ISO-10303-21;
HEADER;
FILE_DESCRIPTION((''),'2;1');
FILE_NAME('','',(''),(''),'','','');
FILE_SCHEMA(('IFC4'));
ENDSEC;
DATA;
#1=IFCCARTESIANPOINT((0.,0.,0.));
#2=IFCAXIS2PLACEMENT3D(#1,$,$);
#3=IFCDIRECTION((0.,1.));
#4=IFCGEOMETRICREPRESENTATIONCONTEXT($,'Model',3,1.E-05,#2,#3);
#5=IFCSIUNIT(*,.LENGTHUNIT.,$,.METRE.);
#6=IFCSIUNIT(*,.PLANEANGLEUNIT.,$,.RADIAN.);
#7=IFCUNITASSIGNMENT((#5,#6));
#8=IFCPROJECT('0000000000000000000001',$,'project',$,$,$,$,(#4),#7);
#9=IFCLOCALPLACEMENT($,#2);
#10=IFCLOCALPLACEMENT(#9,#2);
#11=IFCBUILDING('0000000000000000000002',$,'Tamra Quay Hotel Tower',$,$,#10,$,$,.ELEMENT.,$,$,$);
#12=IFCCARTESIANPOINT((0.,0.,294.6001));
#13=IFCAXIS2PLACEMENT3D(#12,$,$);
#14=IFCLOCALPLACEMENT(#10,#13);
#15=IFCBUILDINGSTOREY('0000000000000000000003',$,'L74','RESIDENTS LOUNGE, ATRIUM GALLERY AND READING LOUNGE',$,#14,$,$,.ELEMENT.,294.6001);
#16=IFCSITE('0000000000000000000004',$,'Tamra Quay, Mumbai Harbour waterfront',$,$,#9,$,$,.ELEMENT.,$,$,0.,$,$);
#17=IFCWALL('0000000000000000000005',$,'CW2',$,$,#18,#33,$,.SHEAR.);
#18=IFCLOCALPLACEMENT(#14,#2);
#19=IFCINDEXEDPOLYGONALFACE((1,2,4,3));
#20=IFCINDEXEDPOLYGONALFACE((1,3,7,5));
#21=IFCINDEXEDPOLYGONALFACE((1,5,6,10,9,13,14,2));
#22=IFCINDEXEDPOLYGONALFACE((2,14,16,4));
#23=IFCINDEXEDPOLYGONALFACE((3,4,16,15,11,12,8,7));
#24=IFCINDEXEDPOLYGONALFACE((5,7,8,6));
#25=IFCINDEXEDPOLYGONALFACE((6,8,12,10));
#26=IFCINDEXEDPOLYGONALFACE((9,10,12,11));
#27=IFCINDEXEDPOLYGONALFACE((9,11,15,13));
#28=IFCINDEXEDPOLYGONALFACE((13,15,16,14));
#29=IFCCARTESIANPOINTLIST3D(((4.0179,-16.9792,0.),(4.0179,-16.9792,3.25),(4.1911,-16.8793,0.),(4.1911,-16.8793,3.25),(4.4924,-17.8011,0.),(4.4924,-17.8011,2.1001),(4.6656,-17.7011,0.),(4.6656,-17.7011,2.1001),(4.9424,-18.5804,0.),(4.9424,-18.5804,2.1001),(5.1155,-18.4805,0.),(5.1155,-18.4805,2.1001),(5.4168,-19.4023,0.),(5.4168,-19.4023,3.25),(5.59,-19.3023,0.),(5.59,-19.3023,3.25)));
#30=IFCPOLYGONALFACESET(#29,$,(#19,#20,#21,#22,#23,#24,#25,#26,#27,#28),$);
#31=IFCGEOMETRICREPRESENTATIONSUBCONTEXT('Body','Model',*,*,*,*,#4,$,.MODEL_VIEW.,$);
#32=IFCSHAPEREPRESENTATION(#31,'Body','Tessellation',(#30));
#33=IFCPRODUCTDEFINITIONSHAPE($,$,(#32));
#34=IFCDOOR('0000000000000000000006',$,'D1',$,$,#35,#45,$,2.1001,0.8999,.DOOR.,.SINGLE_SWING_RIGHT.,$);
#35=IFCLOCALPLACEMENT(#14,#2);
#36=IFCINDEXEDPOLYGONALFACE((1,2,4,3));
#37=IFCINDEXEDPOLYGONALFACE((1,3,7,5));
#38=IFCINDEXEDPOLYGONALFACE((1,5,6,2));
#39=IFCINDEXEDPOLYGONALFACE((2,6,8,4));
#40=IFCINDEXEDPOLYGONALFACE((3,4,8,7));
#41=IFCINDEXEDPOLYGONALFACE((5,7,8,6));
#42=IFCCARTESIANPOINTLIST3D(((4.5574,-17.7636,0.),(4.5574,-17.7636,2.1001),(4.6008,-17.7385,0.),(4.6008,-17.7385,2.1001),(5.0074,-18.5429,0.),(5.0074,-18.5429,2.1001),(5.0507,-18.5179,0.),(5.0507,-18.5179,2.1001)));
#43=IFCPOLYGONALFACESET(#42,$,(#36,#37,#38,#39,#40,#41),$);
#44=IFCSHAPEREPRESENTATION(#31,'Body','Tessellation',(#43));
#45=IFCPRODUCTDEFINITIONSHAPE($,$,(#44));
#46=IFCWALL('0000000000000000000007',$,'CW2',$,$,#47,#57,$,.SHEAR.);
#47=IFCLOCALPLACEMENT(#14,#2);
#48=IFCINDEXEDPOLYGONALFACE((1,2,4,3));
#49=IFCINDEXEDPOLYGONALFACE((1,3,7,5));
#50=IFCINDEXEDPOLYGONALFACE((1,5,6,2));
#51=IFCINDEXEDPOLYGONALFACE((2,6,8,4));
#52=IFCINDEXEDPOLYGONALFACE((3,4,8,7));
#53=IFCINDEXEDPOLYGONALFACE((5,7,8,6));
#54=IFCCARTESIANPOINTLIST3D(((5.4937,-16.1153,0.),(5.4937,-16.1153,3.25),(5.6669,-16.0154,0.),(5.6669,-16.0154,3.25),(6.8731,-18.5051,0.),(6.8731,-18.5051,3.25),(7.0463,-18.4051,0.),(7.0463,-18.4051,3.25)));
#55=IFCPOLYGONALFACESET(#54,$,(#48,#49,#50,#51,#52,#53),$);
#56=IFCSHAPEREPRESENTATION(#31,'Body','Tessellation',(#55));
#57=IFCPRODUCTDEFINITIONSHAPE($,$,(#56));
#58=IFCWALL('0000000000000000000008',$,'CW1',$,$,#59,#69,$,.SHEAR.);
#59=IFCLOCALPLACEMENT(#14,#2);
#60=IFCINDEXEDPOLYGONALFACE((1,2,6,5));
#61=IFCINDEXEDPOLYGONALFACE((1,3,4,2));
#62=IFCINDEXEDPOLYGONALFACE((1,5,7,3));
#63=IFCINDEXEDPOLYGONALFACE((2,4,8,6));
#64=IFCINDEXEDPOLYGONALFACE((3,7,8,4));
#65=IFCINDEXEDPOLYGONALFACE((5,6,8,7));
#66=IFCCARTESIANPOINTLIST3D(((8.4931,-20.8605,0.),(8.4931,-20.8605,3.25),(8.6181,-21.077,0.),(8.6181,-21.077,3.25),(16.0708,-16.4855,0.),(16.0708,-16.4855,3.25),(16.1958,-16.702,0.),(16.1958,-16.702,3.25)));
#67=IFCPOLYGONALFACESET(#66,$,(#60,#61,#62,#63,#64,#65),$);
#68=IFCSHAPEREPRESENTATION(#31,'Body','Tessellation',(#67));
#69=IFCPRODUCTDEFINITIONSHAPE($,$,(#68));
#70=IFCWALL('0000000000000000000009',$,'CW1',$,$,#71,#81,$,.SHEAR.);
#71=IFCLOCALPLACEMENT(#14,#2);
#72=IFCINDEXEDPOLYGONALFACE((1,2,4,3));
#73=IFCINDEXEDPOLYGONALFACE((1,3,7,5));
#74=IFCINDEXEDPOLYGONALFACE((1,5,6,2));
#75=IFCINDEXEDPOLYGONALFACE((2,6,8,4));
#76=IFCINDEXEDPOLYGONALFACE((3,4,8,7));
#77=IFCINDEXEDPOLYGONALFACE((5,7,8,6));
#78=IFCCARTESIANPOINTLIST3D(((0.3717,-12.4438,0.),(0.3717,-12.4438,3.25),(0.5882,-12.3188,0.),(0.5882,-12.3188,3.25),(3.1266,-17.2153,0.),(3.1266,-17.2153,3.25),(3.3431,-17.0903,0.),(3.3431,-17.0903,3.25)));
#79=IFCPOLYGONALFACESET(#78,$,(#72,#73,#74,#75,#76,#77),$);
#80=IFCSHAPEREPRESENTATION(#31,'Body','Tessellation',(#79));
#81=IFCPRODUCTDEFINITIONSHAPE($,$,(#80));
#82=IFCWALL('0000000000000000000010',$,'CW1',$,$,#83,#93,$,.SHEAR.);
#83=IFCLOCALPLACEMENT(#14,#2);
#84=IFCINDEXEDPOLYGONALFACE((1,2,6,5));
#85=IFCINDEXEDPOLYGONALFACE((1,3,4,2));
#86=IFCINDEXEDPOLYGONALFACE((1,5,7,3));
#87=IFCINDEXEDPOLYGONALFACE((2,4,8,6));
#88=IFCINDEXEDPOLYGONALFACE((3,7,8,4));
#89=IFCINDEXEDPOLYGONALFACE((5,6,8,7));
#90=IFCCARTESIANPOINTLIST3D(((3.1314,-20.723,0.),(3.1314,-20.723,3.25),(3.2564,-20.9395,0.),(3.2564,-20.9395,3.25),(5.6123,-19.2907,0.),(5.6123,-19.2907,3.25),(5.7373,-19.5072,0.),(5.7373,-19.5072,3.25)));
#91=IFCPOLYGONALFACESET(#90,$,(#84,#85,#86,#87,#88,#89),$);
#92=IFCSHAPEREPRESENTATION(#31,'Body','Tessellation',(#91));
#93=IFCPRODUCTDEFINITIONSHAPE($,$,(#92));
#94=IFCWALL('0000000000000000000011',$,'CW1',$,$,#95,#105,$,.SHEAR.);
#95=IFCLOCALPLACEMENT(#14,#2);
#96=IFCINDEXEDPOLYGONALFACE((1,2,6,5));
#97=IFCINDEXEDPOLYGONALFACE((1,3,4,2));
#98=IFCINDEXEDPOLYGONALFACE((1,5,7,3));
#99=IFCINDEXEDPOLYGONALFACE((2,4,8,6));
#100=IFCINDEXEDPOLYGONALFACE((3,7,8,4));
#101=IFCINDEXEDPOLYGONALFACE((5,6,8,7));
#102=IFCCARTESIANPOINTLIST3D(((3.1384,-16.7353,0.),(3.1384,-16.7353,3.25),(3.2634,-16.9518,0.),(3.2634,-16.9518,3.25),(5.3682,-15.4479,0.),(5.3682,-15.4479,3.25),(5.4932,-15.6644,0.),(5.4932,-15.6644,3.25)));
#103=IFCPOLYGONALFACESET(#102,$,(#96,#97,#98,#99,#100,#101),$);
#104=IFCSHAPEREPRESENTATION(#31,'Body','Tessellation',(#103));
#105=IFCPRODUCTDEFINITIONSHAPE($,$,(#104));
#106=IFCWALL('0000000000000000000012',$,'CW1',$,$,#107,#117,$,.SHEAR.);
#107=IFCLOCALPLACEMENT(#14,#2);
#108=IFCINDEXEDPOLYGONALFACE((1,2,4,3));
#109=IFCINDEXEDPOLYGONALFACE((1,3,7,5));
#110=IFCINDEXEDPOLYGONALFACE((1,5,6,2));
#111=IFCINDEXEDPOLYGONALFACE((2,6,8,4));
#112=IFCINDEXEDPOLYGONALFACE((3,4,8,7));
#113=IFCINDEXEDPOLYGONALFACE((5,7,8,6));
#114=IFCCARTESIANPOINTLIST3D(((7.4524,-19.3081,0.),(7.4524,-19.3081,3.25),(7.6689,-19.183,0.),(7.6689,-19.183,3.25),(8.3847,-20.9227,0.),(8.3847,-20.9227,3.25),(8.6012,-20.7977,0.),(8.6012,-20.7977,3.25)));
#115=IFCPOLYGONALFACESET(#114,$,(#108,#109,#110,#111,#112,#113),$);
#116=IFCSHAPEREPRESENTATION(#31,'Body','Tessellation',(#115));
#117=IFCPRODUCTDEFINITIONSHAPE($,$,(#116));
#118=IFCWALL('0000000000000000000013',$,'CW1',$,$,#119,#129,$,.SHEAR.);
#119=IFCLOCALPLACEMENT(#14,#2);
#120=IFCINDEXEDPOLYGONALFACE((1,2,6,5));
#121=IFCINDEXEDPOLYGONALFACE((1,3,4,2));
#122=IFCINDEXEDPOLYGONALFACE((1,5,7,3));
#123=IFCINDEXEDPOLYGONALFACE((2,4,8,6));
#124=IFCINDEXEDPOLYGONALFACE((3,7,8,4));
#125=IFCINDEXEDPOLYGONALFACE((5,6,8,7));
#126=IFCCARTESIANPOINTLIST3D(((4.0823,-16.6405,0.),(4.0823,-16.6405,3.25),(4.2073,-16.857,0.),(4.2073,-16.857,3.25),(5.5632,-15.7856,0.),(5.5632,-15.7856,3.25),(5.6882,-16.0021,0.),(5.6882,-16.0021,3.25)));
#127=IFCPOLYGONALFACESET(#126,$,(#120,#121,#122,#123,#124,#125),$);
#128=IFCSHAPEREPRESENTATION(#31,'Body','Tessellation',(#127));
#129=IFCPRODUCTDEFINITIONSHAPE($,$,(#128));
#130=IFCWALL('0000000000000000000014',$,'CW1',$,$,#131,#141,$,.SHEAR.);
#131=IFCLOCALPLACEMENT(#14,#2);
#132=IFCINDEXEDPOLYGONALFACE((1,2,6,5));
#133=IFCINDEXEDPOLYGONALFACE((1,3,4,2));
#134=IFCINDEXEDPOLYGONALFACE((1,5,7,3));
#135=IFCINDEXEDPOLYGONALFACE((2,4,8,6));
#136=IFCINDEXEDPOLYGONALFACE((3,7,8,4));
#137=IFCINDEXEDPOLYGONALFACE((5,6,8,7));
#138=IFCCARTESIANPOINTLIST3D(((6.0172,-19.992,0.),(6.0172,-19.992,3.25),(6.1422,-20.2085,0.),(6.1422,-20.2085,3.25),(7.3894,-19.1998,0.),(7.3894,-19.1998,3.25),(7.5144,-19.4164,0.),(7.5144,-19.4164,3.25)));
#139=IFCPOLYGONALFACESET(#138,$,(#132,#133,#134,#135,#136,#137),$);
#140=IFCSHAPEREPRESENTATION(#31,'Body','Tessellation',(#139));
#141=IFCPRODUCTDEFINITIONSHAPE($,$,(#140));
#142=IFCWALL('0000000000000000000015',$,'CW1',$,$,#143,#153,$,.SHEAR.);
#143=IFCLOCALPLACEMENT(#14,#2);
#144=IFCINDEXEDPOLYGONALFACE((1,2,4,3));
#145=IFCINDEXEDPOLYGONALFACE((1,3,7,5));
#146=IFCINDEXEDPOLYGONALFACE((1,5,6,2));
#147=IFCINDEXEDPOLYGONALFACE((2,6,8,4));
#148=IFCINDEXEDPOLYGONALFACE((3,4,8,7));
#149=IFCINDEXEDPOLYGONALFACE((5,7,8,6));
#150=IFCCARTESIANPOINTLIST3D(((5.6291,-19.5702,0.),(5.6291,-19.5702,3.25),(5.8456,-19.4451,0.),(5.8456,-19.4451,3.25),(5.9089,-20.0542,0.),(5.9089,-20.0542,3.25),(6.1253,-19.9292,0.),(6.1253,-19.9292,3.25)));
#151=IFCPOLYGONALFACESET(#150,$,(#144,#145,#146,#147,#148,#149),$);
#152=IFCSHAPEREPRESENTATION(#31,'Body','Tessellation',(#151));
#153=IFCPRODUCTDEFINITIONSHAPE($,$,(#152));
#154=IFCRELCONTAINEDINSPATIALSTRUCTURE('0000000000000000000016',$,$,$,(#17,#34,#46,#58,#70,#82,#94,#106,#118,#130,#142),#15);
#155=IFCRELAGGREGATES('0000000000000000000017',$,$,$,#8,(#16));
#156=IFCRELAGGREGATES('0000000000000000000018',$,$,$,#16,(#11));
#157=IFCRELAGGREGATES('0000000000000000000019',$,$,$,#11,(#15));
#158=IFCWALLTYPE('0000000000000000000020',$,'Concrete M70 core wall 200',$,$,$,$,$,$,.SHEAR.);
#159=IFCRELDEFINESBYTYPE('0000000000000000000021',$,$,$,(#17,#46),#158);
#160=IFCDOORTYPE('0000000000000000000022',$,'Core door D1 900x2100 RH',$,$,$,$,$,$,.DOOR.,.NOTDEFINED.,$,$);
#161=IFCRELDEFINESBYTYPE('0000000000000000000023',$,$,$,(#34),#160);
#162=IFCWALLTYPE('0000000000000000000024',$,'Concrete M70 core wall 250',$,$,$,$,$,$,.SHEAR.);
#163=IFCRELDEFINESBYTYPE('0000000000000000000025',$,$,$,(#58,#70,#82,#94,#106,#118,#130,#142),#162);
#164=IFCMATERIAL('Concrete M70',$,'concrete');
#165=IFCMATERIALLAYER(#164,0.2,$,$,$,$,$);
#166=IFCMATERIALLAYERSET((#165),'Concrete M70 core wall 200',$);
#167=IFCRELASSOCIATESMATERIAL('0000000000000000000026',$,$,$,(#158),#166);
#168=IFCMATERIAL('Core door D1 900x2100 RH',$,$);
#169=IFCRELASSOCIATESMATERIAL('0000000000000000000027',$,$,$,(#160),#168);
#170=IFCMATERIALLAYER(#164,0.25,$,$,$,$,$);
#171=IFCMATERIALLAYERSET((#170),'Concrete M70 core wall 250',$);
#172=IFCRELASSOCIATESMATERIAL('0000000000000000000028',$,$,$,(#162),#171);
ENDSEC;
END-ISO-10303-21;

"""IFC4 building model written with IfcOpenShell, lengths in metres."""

from ifc_helpers import new_model, si_unit, direction, frame, frame_2d, origin, place, context, subcontext, project, spatial, rectangle, extrude, material, layer, layer_set, type_object, element, fill, save


model = new_model("IFC4")

# Units and contexts
model_context = context("Model", 3, precision=1e-05, world=origin(), true_north=direction((0.0, 1.0)))
body_context = subcontext(model_context, "Body", "Model", "MODEL_VIEW")
ifc_project = project(units=[si_unit("LENGTHUNIT", "METRE"), si_unit("PLANEANGLEUNIT", "RADIAN")], contexts=[model_context])

# Site, building, storey
site_placement = place(None, origin())
site = spatial("IfcSite", under=ifc_project, at=site_placement, Name="Tamra Quay, Mumbai Harbour waterfront", CompositionType="ELEMENT", RefElevation=0.0)
building_placement = place(site_placement, origin())
building = spatial("IfcBuilding", under=site, at=building_placement, Name="Tamra Quay Hotel Tower", CompositionType="ELEMENT")
storey_placement = place(building_placement, frame((0.0, 0.0, 294.6001)))
storey = spatial("IfcBuildingStorey", under=building, at=storey_placement, Name="L74", Description="RESIDENTS LOUNGE, ATRIUM GALLERY AND READING LOUNGE", CompositionType="ELEMENT", Elevation=294.6001)

# Shared definitions
ifc_material_1 = material(Name="Concrete M70", Category="concrete")

# Shared definitions
ifc_layer_1 = layer(ifc_material_1, 0.2)
ifc_layer_set_1 = layer_set([ifc_layer_1], Name="Concrete M70 core wall 200")
wall_type_1 = type_object("IfcWallType", Name="Concrete M70 core wall 200", PredefinedType="SHEAR", material=ifc_layer_set_1)

# Wall, opening, door
wall_1_placement = place(storey_placement, frame((5.5034, -19.3523, 0.0), z_axis=(0.0, 0.0, 1.0), x_axis=(-0.499987, 0.866033, 0.0)))
wall_1 = element("IfcWall", 1, at=wall_1_placement, inside=storey, type_object=wall_type_1, Name="CW2", PredefinedType="SHEAR", context=body_context, shape_type="SweptSolid", body=[
    extrude(rectangle(XDim=2.7979, YDim=0.2, at=frame_2d((1.3989, 0.0))), origin(), (0.0, 0.0, 1.0), 3.25),
])
opening_1_placement = place(wall_1_placement, frame((0.949, 0.0, 0.0)))
opening_1 = element("IfcOpeningElement", 2, at=opening_1_placement, cuts=wall_1, PredefinedType="OPENING", context=body_context, shape_type="SweptSolid", body=[
    extrude(rectangle(XDim=0.8999, YDim=2.1001, at=frame_2d((0.45, 1.05))), frame((0.0, 0.1099, 0.0), z_axis=(0.0, -1.0, 0.0), x_axis=(1.0, 0.0, 0.0)), (0.0, 0.0, 1.0), 0.22),
])
ifc_material_2 = material(Name="Core door D1 900x2100 RH")
door_type_1 = type_object("IfcDoorType", Name="Core door D1 900x2100 RH", OperationType="NOTDEFINED", PredefinedType="DOOR", material=ifc_material_2)
door_1_placement = place(opening_1_placement, origin())
door_1 = element("IfcDoor", 3, at=door_1_placement, inside=storey, type_object=door_type_1, Name="D1", OperationType="SINGLE_SWING_RIGHT", OverallHeight=2.1001, OverallWidth=0.8999, PredefinedType="DOOR", context=body_context, shape_type="SweptSolid", body=[
    extrude(rectangle(XDim=0.8999, YDim=2.1001, at=frame_2d((0.45, 1.05))), frame((0.0, 0.0249, 0.0), z_axis=(0.0, -1.0, 0.0), x_axis=(1.0, 0.0, 0.0)), (0.0, 0.0, 1.0), 0.05),
])
fill(opening_1, door_1)

# Walls
wall_2_placement = place(storey_placement, frame((6.9597, -18.4551, 0.0), z_axis=(0.0, 0.0, 1.0), x_axis=(-0.499927, 0.866068, 0.0)))
element("IfcWall", 4, at=wall_2_placement, inside=storey, type_object=wall_type_1, Name="CW2", PredefinedType="SHEAR", context=body_context, shape_type="SweptSolid", body=[
    extrude(rectangle(XDim=2.7593, YDim=0.2, at=frame_2d((1.3796, 0.0))), origin(), (0.0, 0.0, 1.0), 3.25),
])
ifc_layer_2 = layer(ifc_material_1, 0.25)
ifc_layer_set_2 = layer_set([ifc_layer_2], Name="Concrete M70 core wall 250")
wall_type_2 = type_object("IfcWallType", Name="Concrete M70 core wall 250", PredefinedType="SHEAR", material=ifc_layer_set_2)
wall_3_placement = place(storey_placement, frame((16.1333, -16.5938, 0.0), z_axis=(0.0, 0.0, 1.0), x_axis=(-0.866023, -0.500004, 0.0)))
element("IfcWall", 5, at=wall_3_placement, inside=storey, type_object=wall_type_2, Name="CW1", PredefinedType="SHEAR", context=body_context, shape_type="SweptSolid", body=[
    extrude(rectangle(XDim=8.75, YDim=0.25, at=frame_2d((4.375, 0.0))), origin(), (0.0, 0.0, 1.0), 3.25),
])
wall_4_placement = place(storey_placement, frame((3.2349, -17.1528, 0.0), z_axis=(0.0, 0.0, 1.0), x_axis=(-0.500009, 0.86602, 0.0)))
element("IfcWall", 6, at=wall_4_placement, inside=storey, type_object=wall_type_2, Name="CW1", PredefinedType="SHEAR", context=body_context, shape_type="SweptSolid", body=[
    extrude(rectangle(XDim=5.5098, YDim=0.25, at=frame_2d((2.7549, 0.0))), origin(), (0.0, 0.0, 1.0), 3.25),
])
wall_5_placement = place(storey_placement, frame((5.6748, -19.3989, 0.0), z_axis=(0.0, 0.0, 1.0), x_axis=(-0.866027, -0.499998, 0.0)))
element("IfcWall", 7, at=wall_5_placement, inside=storey, type_object=wall_type_2, Name="CW1", PredefinedType="SHEAR", context=body_context, shape_type="SweptSolid", body=[
    extrude(rectangle(XDim=2.8647, YDim=0.25, at=frame_2d((1.4324, 0.0))), origin(), (0.0, 0.0, 1.0), 3.25),
])
wall_6_placement = place(storey_placement, frame((5.4307, -15.5562, 0.0), z_axis=(0.0, 0.0, 1.0), x_axis=(-0.866023, -0.500004, 0.0)))
element("IfcWall", 8, at=wall_6_placement, inside=storey, type_object=wall_type_2, Name="CW1", PredefinedType="SHEAR", context=body_context, shape_type="SweptSolid", body=[
    extrude(rectangle(XDim=2.5747, YDim=0.25, at=frame_2d((1.2874, 0.0))), origin(), (0.0, 0.0, 1.0), 3.25),
])
wall_7_placement = place(storey_placement, frame((8.4929, -20.8601, 0.0), z_axis=(0.0, 0.0, 1.0), x_axis=(-0.50004, 0.866002, 0.0)))
element("IfcWall", 9, at=wall_7_placement, inside=storey, type_object=wall_type_2, Name="CW1", PredefinedType="SHEAR", context=body_context, shape_type="SweptSolid", body=[
    extrude(rectangle(XDim=1.8645, YDim=0.25, at=frame_2d((0.9321, 0.0))), origin(), (0.0, 0.0, 1.0), 3.25),
])
wall_8_placement = place(storey_placement, frame((4.1448, -16.7488, 0.0), z_axis=(0.0, 0.0, 1.0), x_axis=(0.866038, 0.499978, 0.0)))
element("IfcWall", 10, at=wall_8_placement, inside=storey, type_object=wall_type_2, Name="CW1", PredefinedType="SHEAR", context=body_context, shape_type="SweptSolid", body=[
    extrude(rectangle(XDim=1.71, YDim=0.25, at=frame_2d((0.855, 0.0))), origin(), (0.0, 0.0, 1.0), 3.25),
])
wall_9_placement = place(storey_placement, frame((7.4519, -19.3081, 0.0), z_axis=(0.0, 0.0, 1.0), x_axis=(-0.866044, -0.499967, 0.0)))
element("IfcWall", 11, at=wall_9_placement, inside=storey, type_object=wall_type_2, Name="CW1", PredefinedType="SHEAR", context=body_context, shape_type="SweptSolid", body=[
    extrude(rectangle(XDim=1.5845, YDim=0.25, at=frame_2d((0.7922, 0.0))), origin(), (0.0, 0.0, 1.0), 3.25),
])
wall_10_placement = place(storey_placement, frame((6.0171, -19.9917, 0.0), z_axis=(0.0, 0.0, 1.0), x_axis=(-0.500365, 0.865815, 0.0)))
element("IfcWall", 12, at=wall_10_placement, inside=storey, type_object=wall_type_2, Name="CW1", PredefinedType="SHEAR", context=body_context, shape_type="SweptSolid", body=[
    extrude(rectangle(XDim=0.5591, YDim=0.25, at=frame_2d((0.2795, 0.0))), origin(), (0.0, 0.0, 1.0), 3.25),
])

save(model, "model.ifc")
